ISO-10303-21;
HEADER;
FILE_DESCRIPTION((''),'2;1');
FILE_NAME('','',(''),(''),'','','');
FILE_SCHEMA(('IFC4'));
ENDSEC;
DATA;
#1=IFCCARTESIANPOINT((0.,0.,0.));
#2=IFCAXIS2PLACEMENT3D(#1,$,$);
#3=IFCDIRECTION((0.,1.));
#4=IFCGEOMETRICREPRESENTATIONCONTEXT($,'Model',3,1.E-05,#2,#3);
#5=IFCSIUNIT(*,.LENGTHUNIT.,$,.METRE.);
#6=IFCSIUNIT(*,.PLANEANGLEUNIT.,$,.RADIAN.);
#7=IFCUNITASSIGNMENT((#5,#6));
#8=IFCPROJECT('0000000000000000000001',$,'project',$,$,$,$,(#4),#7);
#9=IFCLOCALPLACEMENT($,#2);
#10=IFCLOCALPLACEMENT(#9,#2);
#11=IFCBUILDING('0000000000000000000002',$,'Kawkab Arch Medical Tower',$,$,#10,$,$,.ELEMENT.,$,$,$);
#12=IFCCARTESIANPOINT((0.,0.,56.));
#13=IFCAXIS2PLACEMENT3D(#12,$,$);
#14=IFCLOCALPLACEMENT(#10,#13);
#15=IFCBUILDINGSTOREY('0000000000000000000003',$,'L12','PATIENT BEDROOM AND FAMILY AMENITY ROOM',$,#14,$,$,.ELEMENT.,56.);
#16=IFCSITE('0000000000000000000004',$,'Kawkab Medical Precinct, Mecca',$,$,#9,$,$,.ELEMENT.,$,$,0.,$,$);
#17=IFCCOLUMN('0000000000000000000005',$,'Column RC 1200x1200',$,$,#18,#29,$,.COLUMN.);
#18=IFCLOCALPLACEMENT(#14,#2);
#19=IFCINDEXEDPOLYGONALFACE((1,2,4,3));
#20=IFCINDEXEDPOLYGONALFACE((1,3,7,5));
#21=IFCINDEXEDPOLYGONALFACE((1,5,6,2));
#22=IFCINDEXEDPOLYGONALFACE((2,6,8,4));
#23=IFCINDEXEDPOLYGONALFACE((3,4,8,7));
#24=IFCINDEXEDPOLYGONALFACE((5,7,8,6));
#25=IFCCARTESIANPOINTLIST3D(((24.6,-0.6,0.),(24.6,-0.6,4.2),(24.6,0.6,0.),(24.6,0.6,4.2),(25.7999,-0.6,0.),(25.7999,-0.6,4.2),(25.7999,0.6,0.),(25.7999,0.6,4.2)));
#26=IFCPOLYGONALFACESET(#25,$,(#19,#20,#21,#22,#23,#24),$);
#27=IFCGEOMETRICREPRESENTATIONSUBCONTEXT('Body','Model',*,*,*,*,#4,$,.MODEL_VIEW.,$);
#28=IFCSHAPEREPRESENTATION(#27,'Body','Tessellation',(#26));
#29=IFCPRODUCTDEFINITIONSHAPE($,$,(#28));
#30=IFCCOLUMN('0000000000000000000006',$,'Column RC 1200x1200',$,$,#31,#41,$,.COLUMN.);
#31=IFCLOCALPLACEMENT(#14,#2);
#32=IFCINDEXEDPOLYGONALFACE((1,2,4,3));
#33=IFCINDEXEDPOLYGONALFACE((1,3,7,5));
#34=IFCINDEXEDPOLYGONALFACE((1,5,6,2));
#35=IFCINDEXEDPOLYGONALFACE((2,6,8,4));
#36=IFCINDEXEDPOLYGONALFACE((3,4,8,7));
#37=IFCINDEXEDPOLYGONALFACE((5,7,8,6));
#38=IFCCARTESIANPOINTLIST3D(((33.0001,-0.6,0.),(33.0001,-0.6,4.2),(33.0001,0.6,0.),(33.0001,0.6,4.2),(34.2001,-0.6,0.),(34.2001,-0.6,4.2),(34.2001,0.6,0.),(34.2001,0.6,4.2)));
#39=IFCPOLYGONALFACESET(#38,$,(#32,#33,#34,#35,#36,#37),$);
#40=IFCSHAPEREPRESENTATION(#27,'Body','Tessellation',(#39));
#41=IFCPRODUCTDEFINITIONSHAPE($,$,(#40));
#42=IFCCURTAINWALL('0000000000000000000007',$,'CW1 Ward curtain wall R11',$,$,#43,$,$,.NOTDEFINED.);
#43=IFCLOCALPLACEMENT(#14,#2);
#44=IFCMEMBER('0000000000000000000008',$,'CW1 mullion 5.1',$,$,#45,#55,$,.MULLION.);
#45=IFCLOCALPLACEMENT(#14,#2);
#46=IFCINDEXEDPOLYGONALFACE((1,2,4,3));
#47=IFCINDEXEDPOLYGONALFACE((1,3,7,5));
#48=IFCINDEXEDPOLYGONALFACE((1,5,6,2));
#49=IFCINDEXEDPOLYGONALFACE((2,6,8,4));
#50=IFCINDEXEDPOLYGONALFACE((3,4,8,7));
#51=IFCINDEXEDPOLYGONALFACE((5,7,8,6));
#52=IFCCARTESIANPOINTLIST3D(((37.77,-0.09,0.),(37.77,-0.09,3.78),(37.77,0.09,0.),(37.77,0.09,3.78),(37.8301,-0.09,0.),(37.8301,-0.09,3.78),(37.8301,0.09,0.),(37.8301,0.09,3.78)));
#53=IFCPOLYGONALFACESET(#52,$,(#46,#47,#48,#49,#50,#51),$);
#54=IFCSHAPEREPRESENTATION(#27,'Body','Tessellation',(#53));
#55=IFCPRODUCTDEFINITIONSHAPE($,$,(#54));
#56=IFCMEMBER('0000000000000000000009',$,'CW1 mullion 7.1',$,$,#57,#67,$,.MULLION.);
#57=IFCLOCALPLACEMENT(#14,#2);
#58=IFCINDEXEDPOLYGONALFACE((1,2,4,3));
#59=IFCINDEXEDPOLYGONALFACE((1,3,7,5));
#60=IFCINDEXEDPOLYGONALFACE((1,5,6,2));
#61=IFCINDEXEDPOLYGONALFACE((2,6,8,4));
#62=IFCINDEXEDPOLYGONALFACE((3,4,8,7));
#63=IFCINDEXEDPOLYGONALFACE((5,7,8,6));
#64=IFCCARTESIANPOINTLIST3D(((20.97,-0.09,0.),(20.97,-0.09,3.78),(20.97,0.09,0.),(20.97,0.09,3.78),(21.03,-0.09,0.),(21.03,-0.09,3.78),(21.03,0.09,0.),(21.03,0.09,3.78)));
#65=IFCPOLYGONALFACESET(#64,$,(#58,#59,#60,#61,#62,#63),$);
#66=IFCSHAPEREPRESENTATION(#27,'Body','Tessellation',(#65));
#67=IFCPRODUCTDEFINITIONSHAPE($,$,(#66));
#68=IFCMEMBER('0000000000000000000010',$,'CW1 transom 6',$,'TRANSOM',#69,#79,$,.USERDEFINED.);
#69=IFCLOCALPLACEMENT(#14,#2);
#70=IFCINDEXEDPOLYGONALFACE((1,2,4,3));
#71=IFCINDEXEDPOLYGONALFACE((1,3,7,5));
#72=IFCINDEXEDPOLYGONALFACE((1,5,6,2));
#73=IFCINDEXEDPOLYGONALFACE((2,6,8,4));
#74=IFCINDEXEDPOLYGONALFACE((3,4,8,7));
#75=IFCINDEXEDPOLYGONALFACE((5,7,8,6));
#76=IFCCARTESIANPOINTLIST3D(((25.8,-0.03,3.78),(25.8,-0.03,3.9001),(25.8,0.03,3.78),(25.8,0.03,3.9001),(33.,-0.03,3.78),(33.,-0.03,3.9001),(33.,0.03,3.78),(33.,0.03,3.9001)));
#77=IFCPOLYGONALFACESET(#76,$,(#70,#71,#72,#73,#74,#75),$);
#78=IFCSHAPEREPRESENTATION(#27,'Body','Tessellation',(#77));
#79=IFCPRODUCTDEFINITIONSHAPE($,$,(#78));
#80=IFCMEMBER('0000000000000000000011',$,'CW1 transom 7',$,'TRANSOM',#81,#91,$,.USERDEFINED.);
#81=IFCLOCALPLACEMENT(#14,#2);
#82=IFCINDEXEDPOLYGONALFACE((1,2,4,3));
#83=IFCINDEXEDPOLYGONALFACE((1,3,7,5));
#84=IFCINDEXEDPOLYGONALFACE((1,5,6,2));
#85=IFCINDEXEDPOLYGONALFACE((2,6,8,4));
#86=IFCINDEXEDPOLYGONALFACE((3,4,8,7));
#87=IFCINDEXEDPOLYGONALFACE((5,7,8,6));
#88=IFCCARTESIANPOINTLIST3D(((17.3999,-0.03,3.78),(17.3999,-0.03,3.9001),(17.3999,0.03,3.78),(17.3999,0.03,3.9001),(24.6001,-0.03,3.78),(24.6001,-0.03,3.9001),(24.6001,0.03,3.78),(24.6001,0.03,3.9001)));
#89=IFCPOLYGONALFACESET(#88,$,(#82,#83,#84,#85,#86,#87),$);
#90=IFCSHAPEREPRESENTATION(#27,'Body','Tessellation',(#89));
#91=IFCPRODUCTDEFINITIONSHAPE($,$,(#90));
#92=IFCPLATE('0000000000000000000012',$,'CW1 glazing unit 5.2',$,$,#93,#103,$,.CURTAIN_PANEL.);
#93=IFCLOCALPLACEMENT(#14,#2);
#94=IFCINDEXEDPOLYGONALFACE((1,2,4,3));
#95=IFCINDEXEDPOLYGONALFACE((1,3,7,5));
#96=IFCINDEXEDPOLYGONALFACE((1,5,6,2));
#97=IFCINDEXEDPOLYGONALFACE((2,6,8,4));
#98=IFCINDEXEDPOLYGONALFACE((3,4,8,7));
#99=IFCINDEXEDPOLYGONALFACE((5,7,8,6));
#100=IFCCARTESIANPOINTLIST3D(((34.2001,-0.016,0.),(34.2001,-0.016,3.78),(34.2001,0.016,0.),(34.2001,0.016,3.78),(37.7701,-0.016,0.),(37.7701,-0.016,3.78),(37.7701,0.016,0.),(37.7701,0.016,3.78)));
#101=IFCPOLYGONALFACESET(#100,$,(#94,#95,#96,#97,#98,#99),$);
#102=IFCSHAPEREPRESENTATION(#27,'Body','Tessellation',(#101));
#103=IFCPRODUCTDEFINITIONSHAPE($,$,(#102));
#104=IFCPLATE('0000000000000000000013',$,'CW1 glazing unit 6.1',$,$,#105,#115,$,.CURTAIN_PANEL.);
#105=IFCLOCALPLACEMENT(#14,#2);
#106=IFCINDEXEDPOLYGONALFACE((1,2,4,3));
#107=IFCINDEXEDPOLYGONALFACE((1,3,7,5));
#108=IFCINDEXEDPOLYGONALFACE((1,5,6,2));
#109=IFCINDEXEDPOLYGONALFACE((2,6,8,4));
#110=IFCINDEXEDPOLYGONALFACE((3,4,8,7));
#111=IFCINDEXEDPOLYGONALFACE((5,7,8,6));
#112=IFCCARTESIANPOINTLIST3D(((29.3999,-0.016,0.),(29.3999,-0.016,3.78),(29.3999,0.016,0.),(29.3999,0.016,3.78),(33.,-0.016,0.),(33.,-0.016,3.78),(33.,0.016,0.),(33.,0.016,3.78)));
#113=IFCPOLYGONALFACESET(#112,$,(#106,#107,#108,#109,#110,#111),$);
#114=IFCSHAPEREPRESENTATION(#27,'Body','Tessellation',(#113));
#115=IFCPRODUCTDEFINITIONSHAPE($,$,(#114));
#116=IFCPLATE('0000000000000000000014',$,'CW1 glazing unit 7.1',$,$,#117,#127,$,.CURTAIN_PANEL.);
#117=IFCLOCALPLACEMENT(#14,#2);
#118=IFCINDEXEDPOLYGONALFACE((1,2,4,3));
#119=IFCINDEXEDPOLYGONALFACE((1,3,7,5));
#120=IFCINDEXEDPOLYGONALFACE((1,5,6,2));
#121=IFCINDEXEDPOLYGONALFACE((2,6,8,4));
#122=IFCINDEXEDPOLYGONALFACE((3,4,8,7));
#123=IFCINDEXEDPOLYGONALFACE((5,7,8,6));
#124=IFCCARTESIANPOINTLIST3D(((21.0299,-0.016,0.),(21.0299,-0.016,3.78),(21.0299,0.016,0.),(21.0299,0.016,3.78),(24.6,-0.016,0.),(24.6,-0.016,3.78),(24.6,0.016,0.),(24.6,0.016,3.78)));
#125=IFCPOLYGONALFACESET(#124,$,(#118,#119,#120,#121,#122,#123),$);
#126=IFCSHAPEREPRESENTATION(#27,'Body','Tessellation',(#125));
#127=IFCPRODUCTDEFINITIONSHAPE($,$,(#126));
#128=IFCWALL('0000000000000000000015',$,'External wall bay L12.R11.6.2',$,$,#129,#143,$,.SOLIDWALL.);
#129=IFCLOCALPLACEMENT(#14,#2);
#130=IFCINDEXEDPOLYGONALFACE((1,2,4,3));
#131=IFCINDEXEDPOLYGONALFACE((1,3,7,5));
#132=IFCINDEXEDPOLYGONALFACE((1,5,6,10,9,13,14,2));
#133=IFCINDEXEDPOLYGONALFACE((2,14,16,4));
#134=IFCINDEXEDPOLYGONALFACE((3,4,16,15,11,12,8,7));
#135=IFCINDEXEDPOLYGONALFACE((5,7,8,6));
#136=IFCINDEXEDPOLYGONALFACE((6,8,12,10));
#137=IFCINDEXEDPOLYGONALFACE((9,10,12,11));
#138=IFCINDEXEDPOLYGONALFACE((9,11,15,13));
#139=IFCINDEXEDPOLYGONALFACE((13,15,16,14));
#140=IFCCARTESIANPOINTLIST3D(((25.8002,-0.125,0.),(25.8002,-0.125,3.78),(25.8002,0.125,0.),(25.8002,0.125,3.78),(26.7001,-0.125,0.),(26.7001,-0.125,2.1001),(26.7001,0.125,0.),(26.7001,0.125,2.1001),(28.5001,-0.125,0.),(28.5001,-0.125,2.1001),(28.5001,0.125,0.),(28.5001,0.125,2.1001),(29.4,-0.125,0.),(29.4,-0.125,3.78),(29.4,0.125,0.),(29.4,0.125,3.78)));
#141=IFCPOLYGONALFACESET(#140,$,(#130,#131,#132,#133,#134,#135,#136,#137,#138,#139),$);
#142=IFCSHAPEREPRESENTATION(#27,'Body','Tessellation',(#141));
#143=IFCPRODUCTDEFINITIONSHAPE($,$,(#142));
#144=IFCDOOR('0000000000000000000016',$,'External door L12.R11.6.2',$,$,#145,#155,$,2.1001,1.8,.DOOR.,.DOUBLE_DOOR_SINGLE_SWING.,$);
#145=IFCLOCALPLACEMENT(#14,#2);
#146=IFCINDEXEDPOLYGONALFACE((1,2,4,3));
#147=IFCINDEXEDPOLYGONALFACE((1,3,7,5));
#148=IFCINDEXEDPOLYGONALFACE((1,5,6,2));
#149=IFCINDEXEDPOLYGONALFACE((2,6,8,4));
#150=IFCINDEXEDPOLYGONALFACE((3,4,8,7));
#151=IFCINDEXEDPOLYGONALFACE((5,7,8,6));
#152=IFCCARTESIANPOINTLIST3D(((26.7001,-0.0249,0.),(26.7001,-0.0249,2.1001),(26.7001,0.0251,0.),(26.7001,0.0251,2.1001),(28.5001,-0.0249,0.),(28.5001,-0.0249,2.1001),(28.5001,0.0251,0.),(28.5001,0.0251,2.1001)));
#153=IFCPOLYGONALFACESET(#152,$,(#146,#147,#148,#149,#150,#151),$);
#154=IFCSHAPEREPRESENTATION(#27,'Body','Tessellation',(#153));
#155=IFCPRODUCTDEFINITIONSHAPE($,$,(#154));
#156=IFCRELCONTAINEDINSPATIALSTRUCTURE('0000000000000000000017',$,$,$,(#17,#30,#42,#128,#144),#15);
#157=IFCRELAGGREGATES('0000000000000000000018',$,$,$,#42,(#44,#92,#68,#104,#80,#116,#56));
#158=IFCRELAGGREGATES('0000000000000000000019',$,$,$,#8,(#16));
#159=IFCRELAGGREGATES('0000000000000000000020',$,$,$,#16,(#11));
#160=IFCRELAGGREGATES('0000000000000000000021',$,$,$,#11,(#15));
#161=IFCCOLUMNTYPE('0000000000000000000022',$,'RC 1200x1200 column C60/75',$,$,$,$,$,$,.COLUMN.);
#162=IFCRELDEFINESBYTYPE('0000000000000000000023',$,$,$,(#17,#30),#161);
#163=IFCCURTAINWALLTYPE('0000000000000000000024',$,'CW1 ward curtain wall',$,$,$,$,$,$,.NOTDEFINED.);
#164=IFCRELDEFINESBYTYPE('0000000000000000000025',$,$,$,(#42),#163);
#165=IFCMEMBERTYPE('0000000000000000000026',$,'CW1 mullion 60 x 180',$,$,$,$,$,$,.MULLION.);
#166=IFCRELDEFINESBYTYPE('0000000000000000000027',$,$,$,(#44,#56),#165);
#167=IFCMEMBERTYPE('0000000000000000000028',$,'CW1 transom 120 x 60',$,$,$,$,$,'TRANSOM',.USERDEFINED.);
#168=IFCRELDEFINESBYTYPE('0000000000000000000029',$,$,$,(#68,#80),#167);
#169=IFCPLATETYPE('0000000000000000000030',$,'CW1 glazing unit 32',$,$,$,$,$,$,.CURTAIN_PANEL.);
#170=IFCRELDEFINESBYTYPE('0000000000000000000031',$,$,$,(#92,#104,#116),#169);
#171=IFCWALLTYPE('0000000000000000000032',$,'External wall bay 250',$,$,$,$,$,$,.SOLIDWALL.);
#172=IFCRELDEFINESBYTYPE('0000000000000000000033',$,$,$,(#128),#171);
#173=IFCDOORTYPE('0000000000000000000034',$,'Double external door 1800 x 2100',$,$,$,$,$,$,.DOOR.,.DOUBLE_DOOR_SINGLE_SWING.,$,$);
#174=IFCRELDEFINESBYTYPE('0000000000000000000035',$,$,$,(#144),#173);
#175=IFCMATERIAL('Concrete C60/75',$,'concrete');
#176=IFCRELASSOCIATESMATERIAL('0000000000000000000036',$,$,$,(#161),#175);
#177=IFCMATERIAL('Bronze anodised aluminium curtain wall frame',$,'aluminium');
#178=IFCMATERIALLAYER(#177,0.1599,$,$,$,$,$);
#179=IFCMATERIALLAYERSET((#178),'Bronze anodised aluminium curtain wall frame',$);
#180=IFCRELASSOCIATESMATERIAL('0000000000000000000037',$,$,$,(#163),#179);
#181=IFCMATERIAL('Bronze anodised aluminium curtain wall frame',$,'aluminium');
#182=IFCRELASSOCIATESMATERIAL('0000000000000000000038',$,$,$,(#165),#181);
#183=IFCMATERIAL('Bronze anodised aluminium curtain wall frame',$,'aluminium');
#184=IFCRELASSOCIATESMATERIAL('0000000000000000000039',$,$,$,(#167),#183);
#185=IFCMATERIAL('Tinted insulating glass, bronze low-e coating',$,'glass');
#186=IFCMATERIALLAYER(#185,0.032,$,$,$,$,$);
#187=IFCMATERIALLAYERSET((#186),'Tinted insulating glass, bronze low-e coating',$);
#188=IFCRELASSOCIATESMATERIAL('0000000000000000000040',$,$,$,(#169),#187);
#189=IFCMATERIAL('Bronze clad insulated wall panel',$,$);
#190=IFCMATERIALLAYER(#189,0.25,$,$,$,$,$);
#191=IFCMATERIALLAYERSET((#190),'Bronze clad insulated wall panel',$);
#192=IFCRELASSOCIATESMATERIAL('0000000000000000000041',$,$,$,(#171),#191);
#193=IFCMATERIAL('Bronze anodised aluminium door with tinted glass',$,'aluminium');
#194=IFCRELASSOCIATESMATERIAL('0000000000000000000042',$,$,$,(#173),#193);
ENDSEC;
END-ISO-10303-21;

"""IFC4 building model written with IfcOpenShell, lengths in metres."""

from ifc_helpers import new_model, si_unit, direction, frame, frame_2d, origin, origin_2d, place, context, subcontext, project, spatial, rectangle, extrude, material, layer, layer_set, material_profile, profile_set, type_object, element, fill, aggregate, save


model = new_model("IFC4")

# Units and contexts
model_context = context("Model", 3, precision=1e-05, world=origin(), true_north=direction((0.0, 1.0)))
body_context = subcontext(model_context, "Body", "Model", "MODEL_VIEW")
ifc_project = project(units=[si_unit("LENGTHUNIT", "METRE"), si_unit("PLANEANGLEUNIT", "RADIAN")], contexts=[model_context])

# Site, building, storey
site_placement = place(None, origin())
site = spatial("IfcSite", under=ifc_project, at=site_placement, Name="Kawkab Medical Precinct, Mecca", CompositionType="ELEMENT", RefElevation=0.0)
building_placement = place(site_placement, origin())
building = spatial("IfcBuilding", under=site, at=building_placement, Name="Kawkab Arch Medical Tower", CompositionType="ELEMENT")
storey_placement = place(building_placement, frame((0.0, 0.0, 56.0)))
storey = spatial("IfcBuildingStorey", under=building, at=storey_placement, Name="L12", Description="PATIENT BEDROOM AND FAMILY AMENITY ROOM", CompositionType="ELEMENT", Elevation=56.0)

# Columns
ifc_material_1 = material(Name="Concrete C60/75", Category="concrete")
ifc_material_profile_1 = material_profile(ifc_material_1, rectangle(XDim=1.2, YDim=1.2, at=origin_2d()), Name="RC 1200x1200")
ifc_profile_set_1 = profile_set([ifc_material_profile_1], Name="Concrete C60/75")
column_type = type_object("IfcColumnType", Name="RC 1200x1200 column C60/75", PredefinedType="COLUMN", material=ifc_profile_set_1)
for number, where, z_axis, x_axis, name in (
    (1, (25.2, 0.0, 0.0), (0.0, 0.0, 1.0), (1.0, 0.0, 0.0), "Column RC 1200x1200"),
    (2, (33.6001, 0.0, 0.0), (0.0, 0.0, 1.0), (1.0, 0.0, 0.0), "Column RC 1200x1200"),
):
    element("IfcColumn", number, at=place(storey_placement, frame(where, z_axis=z_axis, x_axis=x_axis)), inside=storey, type_object=column_type, Name=name, PredefinedType="COLUMN", context=body_context, shape_type="SweptSolid", body=[
        extrude(rectangle(XDim=1.2, YDim=1.2, at=origin_2d()), origin(), (0.0, 0.0, 1.0), 4.2),
    ])

# Curtain wall, members, plates
ifc_material_2 = material(Name="Bronze anodised aluminium curtain wall frame", Category="aluminium")
ifc_layer_1 = layer(ifc_material_2, 0.1599)
ifc_layer_set_1 = layer_set([ifc_layer_1], Name="Bronze anodised aluminium curtain wall frame")
curtain_wall_type = type_object("IfcCurtainWallType", Name="CW1 ward curtain wall", PredefinedType="NOTDEFINED", material=ifc_layer_set_1)
placement = place(storey_placement, origin())
curtain_wall = element("IfcCurtainWall", 3, at=placement, inside=storey, type_object=curtain_wall_type, Name="CW1 Ward curtain wall R11", PredefinedType="NOTDEFINED")
ifc_material_3 = material(Name="Bronze anodised aluminium curtain wall frame", Category="aluminium")
ifc_material_profile_2 = material_profile(ifc_material_3, rectangle(XDim=0.1799, YDim=0.0601, at=origin_2d()), Name="AL 60x180")
ifc_profile_set_2 = profile_set([ifc_material_profile_2], Name="Bronze anodised aluminium curtain wall frame")
member_type_1 = type_object("IfcMemberType", Name="CW1 mullion 60 x 180", PredefinedType="MULLION", material=ifc_profile_set_2)
member_1_placement = place(storey_placement, frame((37.8, 0.0, 0.0), z_axis=(0.0, 0.0, 1.0), x_axis=(0.0, -1.0, 0.0)))
member_1 = element("IfcMember", 4, at=member_1_placement, type_object=member_type_1, Name="CW1 mullion 5.1", PredefinedType="MULLION", context=body_context, shape_type="SweptSolid", body=[
    extrude(rectangle(XDim=0.1799, YDim=0.0601, at=origin_2d()), origin(), (0.0, 0.0, 1.0), 3.78),
])
member_2_placement = place(storey_placement, frame((21.0, 0.0, 0.0), z_axis=(0.0, 0.0, 1.0), x_axis=(0.0, -1.0, 0.0)))
member_2 = element("IfcMember", 5, at=member_2_placement, type_object=member_type_1, Name="CW1 mullion 7.1", PredefinedType="MULLION", context=body_context, shape_type="SweptSolid", body=[
    extrude(rectangle(XDim=0.1799, YDim=0.0601, at=origin_2d()), origin(), (0.0, 0.0, 1.0), 3.78),
])
ifc_material_4 = material(Name="Bronze anodised aluminium curtain wall frame", Category="aluminium")
ifc_material_profile_3 = material_profile(ifc_material_4, rectangle(XDim=0.0601, YDim=0.1201, at=origin_2d()), Name="AL 60x120")
ifc_profile_set_3 = profile_set([ifc_material_profile_3], Name="Bronze anodised aluminium curtain wall frame")
member_type_2 = type_object("IfcMemberType", Name="CW1 transom 120 x 60", ElementType="TRANSOM", PredefinedType="USERDEFINED", material=ifc_profile_set_3)
member_3_placement = place(storey_placement, frame((33.0, 0.0, 3.8401), z_axis=(-1.0, 0.0, 0.0), x_axis=(0.0, -1.0, 0.0)))
member_3 = element("IfcMember", 6, at=member_3_placement, type_object=member_type_2, Name="CW1 transom 6", ObjectType="TRANSOM", PredefinedType="USERDEFINED", context=body_context, shape_type="SweptSolid", body=[
    extrude(rectangle(XDim=0.0601, YDim=0.1201, at=origin_2d()), origin(), (0.0, 0.0, 1.0), 7.2),
])
member_4_placement = place(storey_placement, frame((24.6001, 0.0, 3.8401), z_axis=(-1.0, 0.0, 0.0), x_axis=(0.0, -1.0, 0.0)))
member_4 = element("IfcMember", 7, at=member_4_placement, type_object=member_type_2, Name="CW1 transom 7", ObjectType="TRANSOM", PredefinedType="USERDEFINED", context=body_context, shape_type="SweptSolid", body=[
    extrude(rectangle(XDim=0.0601, YDim=0.1201, at=origin_2d()), origin(), (0.0, 0.0, 1.0), 7.2002),
])
ifc_material_5 = material(Name="Tinted insulating glass, bronze low-e coating", Category="glass")
ifc_layer_2 = layer(ifc_material_5, 0.032)
ifc_layer_set_2 = layer_set([ifc_layer_2], Name="Tinted insulating glass, bronze low-e coating")
plate_type = type_object("IfcPlateType", Name="CW1 glazing unit 32", PredefinedType="CURTAIN_PANEL", material=ifc_layer_set_2)
plate_1_placement = place(storey_placement, frame((35.9851, 0.0, 0.0), z_axis=(0.0, 0.0, 1.0), x_axis=(-1.0, 0.0, 0.0)))
plate_1 = element("IfcPlate", 8, at=plate_1_placement, type_object=plate_type, Name="CW1 glazing unit 5.2", PredefinedType="CURTAIN_PANEL", context=body_context, shape_type="SweptSolid", body=[
    extrude(rectangle(XDim=3.5701, YDim=0.032, at=origin_2d()), origin(), (0.0, 0.0, 1.0), 3.78),
])
plate_2_placement = place(storey_placement, frame((31.2, 0.0, 0.0), z_axis=(0.0, 0.0, 1.0), x_axis=(-1.0, 0.0, 0.0)))
plate_2 = element("IfcPlate", 9, at=plate_2_placement, type_object=plate_type, Name="CW1 glazing unit 6.1", PredefinedType="CURTAIN_PANEL", context=body_context, shape_type="SweptSolid", body=[
    extrude(rectangle(XDim=3.6001, YDim=0.032, at=origin_2d()), origin(), (0.0, 0.0, 1.0), 3.78),
])
plate_3_placement = place(storey_placement, frame((22.8149, 0.0, 0.0), z_axis=(0.0, 0.0, 1.0), x_axis=(-1.0, 0.0, 0.0)))
plate_3 = element("IfcPlate", 10, at=plate_3_placement, type_object=plate_type, Name="CW1 glazing unit 7.1", PredefinedType="CURTAIN_PANEL", context=body_context, shape_type="SweptSolid", body=[
    extrude(rectangle(XDim=3.5701, YDim=0.032, at=origin_2d()), origin(), (0.0, 0.0, 1.0), 3.78),
])
aggregate(curtain_wall, [member_1, plate_1, member_3, plate_2, member_4, plate_3, member_2])

# Wall, opening, door
ifc_material_6 = material(Name="Bronze clad insulated wall panel")
ifc_layer_3 = layer(ifc_material_6, 0.25)
ifc_layer_set_3 = layer_set([ifc_layer_3], Name="Bronze clad insulated wall panel")
wall_type = type_object("IfcWallType", Name="External wall bay 250", PredefinedType="SOLIDWALL", material=ifc_layer_set_3)
wall_placement = place(storey_placement, frame((29.3999, 0.0, 0.0), z_axis=(0.0, 0.0, 1.0), x_axis=(-1.0, 0.0, 0.0)))
wall = element("IfcWall", 11, at=wall_placement, inside=storey, type_object=wall_type, Name="External wall bay L12.R11.6.2", PredefinedType="SOLIDWALL", context=body_context, shape_type="SweptSolid", body=[
    extrude(rectangle(XDim=3.5999, YDim=0.25, at=frame_2d((1.7998, 0.0))), origin(), (0.0, 0.0, 1.0), 3.78),
])
opening_placement = place(wall_placement, frame((0.8999, 0.0, 0.0)))
opening = element("IfcOpeningElement", 12, at=opening_placement, cuts=wall, PredefinedType="OPENING", context=body_context, shape_type="SweptSolid", body=[
    extrude(rectangle(XDim=1.8, YDim=2.1001, at=frame_2d((0.8999, 1.05))), frame((0.0, 0.135, 0.0), z_axis=(0.0, -1.0, 0.0), x_axis=(1.0, 0.0, 0.0)), (0.0, 0.0, 1.0), 0.27),
])
ifc_material_7 = material(Name="Bronze anodised aluminium door with tinted glass", Category="aluminium")
door_type = type_object("IfcDoorType", Name="Double external door 1800 x 2100", OperationType="DOUBLE_DOOR_SINGLE_SWING", PredefinedType="DOOR", material=ifc_material_7)
door_placement = place(opening_placement, origin())
door = element("IfcDoor", 13, at=door_placement, inside=storey, type_object=door_type, Name="External door L12.R11.6.2", OperationType="DOUBLE_DOOR_SINGLE_SWING", OverallHeight=2.1001, OverallWidth=1.8, PredefinedType="DOOR", context=body_context, shape_type="SweptSolid", body=[
    extrude(rectangle(XDim=1.8, YDim=2.1001, at=frame_2d((0.8999, 1.05))), frame((0.0, 0.0249, 0.0), z_axis=(0.0, -1.0, 0.0), x_axis=(1.0, 0.0, 0.0)), (0.0, 0.0, 1.0), 0.05),
])
fill(opening, door)

save(model, "model.ifc")
